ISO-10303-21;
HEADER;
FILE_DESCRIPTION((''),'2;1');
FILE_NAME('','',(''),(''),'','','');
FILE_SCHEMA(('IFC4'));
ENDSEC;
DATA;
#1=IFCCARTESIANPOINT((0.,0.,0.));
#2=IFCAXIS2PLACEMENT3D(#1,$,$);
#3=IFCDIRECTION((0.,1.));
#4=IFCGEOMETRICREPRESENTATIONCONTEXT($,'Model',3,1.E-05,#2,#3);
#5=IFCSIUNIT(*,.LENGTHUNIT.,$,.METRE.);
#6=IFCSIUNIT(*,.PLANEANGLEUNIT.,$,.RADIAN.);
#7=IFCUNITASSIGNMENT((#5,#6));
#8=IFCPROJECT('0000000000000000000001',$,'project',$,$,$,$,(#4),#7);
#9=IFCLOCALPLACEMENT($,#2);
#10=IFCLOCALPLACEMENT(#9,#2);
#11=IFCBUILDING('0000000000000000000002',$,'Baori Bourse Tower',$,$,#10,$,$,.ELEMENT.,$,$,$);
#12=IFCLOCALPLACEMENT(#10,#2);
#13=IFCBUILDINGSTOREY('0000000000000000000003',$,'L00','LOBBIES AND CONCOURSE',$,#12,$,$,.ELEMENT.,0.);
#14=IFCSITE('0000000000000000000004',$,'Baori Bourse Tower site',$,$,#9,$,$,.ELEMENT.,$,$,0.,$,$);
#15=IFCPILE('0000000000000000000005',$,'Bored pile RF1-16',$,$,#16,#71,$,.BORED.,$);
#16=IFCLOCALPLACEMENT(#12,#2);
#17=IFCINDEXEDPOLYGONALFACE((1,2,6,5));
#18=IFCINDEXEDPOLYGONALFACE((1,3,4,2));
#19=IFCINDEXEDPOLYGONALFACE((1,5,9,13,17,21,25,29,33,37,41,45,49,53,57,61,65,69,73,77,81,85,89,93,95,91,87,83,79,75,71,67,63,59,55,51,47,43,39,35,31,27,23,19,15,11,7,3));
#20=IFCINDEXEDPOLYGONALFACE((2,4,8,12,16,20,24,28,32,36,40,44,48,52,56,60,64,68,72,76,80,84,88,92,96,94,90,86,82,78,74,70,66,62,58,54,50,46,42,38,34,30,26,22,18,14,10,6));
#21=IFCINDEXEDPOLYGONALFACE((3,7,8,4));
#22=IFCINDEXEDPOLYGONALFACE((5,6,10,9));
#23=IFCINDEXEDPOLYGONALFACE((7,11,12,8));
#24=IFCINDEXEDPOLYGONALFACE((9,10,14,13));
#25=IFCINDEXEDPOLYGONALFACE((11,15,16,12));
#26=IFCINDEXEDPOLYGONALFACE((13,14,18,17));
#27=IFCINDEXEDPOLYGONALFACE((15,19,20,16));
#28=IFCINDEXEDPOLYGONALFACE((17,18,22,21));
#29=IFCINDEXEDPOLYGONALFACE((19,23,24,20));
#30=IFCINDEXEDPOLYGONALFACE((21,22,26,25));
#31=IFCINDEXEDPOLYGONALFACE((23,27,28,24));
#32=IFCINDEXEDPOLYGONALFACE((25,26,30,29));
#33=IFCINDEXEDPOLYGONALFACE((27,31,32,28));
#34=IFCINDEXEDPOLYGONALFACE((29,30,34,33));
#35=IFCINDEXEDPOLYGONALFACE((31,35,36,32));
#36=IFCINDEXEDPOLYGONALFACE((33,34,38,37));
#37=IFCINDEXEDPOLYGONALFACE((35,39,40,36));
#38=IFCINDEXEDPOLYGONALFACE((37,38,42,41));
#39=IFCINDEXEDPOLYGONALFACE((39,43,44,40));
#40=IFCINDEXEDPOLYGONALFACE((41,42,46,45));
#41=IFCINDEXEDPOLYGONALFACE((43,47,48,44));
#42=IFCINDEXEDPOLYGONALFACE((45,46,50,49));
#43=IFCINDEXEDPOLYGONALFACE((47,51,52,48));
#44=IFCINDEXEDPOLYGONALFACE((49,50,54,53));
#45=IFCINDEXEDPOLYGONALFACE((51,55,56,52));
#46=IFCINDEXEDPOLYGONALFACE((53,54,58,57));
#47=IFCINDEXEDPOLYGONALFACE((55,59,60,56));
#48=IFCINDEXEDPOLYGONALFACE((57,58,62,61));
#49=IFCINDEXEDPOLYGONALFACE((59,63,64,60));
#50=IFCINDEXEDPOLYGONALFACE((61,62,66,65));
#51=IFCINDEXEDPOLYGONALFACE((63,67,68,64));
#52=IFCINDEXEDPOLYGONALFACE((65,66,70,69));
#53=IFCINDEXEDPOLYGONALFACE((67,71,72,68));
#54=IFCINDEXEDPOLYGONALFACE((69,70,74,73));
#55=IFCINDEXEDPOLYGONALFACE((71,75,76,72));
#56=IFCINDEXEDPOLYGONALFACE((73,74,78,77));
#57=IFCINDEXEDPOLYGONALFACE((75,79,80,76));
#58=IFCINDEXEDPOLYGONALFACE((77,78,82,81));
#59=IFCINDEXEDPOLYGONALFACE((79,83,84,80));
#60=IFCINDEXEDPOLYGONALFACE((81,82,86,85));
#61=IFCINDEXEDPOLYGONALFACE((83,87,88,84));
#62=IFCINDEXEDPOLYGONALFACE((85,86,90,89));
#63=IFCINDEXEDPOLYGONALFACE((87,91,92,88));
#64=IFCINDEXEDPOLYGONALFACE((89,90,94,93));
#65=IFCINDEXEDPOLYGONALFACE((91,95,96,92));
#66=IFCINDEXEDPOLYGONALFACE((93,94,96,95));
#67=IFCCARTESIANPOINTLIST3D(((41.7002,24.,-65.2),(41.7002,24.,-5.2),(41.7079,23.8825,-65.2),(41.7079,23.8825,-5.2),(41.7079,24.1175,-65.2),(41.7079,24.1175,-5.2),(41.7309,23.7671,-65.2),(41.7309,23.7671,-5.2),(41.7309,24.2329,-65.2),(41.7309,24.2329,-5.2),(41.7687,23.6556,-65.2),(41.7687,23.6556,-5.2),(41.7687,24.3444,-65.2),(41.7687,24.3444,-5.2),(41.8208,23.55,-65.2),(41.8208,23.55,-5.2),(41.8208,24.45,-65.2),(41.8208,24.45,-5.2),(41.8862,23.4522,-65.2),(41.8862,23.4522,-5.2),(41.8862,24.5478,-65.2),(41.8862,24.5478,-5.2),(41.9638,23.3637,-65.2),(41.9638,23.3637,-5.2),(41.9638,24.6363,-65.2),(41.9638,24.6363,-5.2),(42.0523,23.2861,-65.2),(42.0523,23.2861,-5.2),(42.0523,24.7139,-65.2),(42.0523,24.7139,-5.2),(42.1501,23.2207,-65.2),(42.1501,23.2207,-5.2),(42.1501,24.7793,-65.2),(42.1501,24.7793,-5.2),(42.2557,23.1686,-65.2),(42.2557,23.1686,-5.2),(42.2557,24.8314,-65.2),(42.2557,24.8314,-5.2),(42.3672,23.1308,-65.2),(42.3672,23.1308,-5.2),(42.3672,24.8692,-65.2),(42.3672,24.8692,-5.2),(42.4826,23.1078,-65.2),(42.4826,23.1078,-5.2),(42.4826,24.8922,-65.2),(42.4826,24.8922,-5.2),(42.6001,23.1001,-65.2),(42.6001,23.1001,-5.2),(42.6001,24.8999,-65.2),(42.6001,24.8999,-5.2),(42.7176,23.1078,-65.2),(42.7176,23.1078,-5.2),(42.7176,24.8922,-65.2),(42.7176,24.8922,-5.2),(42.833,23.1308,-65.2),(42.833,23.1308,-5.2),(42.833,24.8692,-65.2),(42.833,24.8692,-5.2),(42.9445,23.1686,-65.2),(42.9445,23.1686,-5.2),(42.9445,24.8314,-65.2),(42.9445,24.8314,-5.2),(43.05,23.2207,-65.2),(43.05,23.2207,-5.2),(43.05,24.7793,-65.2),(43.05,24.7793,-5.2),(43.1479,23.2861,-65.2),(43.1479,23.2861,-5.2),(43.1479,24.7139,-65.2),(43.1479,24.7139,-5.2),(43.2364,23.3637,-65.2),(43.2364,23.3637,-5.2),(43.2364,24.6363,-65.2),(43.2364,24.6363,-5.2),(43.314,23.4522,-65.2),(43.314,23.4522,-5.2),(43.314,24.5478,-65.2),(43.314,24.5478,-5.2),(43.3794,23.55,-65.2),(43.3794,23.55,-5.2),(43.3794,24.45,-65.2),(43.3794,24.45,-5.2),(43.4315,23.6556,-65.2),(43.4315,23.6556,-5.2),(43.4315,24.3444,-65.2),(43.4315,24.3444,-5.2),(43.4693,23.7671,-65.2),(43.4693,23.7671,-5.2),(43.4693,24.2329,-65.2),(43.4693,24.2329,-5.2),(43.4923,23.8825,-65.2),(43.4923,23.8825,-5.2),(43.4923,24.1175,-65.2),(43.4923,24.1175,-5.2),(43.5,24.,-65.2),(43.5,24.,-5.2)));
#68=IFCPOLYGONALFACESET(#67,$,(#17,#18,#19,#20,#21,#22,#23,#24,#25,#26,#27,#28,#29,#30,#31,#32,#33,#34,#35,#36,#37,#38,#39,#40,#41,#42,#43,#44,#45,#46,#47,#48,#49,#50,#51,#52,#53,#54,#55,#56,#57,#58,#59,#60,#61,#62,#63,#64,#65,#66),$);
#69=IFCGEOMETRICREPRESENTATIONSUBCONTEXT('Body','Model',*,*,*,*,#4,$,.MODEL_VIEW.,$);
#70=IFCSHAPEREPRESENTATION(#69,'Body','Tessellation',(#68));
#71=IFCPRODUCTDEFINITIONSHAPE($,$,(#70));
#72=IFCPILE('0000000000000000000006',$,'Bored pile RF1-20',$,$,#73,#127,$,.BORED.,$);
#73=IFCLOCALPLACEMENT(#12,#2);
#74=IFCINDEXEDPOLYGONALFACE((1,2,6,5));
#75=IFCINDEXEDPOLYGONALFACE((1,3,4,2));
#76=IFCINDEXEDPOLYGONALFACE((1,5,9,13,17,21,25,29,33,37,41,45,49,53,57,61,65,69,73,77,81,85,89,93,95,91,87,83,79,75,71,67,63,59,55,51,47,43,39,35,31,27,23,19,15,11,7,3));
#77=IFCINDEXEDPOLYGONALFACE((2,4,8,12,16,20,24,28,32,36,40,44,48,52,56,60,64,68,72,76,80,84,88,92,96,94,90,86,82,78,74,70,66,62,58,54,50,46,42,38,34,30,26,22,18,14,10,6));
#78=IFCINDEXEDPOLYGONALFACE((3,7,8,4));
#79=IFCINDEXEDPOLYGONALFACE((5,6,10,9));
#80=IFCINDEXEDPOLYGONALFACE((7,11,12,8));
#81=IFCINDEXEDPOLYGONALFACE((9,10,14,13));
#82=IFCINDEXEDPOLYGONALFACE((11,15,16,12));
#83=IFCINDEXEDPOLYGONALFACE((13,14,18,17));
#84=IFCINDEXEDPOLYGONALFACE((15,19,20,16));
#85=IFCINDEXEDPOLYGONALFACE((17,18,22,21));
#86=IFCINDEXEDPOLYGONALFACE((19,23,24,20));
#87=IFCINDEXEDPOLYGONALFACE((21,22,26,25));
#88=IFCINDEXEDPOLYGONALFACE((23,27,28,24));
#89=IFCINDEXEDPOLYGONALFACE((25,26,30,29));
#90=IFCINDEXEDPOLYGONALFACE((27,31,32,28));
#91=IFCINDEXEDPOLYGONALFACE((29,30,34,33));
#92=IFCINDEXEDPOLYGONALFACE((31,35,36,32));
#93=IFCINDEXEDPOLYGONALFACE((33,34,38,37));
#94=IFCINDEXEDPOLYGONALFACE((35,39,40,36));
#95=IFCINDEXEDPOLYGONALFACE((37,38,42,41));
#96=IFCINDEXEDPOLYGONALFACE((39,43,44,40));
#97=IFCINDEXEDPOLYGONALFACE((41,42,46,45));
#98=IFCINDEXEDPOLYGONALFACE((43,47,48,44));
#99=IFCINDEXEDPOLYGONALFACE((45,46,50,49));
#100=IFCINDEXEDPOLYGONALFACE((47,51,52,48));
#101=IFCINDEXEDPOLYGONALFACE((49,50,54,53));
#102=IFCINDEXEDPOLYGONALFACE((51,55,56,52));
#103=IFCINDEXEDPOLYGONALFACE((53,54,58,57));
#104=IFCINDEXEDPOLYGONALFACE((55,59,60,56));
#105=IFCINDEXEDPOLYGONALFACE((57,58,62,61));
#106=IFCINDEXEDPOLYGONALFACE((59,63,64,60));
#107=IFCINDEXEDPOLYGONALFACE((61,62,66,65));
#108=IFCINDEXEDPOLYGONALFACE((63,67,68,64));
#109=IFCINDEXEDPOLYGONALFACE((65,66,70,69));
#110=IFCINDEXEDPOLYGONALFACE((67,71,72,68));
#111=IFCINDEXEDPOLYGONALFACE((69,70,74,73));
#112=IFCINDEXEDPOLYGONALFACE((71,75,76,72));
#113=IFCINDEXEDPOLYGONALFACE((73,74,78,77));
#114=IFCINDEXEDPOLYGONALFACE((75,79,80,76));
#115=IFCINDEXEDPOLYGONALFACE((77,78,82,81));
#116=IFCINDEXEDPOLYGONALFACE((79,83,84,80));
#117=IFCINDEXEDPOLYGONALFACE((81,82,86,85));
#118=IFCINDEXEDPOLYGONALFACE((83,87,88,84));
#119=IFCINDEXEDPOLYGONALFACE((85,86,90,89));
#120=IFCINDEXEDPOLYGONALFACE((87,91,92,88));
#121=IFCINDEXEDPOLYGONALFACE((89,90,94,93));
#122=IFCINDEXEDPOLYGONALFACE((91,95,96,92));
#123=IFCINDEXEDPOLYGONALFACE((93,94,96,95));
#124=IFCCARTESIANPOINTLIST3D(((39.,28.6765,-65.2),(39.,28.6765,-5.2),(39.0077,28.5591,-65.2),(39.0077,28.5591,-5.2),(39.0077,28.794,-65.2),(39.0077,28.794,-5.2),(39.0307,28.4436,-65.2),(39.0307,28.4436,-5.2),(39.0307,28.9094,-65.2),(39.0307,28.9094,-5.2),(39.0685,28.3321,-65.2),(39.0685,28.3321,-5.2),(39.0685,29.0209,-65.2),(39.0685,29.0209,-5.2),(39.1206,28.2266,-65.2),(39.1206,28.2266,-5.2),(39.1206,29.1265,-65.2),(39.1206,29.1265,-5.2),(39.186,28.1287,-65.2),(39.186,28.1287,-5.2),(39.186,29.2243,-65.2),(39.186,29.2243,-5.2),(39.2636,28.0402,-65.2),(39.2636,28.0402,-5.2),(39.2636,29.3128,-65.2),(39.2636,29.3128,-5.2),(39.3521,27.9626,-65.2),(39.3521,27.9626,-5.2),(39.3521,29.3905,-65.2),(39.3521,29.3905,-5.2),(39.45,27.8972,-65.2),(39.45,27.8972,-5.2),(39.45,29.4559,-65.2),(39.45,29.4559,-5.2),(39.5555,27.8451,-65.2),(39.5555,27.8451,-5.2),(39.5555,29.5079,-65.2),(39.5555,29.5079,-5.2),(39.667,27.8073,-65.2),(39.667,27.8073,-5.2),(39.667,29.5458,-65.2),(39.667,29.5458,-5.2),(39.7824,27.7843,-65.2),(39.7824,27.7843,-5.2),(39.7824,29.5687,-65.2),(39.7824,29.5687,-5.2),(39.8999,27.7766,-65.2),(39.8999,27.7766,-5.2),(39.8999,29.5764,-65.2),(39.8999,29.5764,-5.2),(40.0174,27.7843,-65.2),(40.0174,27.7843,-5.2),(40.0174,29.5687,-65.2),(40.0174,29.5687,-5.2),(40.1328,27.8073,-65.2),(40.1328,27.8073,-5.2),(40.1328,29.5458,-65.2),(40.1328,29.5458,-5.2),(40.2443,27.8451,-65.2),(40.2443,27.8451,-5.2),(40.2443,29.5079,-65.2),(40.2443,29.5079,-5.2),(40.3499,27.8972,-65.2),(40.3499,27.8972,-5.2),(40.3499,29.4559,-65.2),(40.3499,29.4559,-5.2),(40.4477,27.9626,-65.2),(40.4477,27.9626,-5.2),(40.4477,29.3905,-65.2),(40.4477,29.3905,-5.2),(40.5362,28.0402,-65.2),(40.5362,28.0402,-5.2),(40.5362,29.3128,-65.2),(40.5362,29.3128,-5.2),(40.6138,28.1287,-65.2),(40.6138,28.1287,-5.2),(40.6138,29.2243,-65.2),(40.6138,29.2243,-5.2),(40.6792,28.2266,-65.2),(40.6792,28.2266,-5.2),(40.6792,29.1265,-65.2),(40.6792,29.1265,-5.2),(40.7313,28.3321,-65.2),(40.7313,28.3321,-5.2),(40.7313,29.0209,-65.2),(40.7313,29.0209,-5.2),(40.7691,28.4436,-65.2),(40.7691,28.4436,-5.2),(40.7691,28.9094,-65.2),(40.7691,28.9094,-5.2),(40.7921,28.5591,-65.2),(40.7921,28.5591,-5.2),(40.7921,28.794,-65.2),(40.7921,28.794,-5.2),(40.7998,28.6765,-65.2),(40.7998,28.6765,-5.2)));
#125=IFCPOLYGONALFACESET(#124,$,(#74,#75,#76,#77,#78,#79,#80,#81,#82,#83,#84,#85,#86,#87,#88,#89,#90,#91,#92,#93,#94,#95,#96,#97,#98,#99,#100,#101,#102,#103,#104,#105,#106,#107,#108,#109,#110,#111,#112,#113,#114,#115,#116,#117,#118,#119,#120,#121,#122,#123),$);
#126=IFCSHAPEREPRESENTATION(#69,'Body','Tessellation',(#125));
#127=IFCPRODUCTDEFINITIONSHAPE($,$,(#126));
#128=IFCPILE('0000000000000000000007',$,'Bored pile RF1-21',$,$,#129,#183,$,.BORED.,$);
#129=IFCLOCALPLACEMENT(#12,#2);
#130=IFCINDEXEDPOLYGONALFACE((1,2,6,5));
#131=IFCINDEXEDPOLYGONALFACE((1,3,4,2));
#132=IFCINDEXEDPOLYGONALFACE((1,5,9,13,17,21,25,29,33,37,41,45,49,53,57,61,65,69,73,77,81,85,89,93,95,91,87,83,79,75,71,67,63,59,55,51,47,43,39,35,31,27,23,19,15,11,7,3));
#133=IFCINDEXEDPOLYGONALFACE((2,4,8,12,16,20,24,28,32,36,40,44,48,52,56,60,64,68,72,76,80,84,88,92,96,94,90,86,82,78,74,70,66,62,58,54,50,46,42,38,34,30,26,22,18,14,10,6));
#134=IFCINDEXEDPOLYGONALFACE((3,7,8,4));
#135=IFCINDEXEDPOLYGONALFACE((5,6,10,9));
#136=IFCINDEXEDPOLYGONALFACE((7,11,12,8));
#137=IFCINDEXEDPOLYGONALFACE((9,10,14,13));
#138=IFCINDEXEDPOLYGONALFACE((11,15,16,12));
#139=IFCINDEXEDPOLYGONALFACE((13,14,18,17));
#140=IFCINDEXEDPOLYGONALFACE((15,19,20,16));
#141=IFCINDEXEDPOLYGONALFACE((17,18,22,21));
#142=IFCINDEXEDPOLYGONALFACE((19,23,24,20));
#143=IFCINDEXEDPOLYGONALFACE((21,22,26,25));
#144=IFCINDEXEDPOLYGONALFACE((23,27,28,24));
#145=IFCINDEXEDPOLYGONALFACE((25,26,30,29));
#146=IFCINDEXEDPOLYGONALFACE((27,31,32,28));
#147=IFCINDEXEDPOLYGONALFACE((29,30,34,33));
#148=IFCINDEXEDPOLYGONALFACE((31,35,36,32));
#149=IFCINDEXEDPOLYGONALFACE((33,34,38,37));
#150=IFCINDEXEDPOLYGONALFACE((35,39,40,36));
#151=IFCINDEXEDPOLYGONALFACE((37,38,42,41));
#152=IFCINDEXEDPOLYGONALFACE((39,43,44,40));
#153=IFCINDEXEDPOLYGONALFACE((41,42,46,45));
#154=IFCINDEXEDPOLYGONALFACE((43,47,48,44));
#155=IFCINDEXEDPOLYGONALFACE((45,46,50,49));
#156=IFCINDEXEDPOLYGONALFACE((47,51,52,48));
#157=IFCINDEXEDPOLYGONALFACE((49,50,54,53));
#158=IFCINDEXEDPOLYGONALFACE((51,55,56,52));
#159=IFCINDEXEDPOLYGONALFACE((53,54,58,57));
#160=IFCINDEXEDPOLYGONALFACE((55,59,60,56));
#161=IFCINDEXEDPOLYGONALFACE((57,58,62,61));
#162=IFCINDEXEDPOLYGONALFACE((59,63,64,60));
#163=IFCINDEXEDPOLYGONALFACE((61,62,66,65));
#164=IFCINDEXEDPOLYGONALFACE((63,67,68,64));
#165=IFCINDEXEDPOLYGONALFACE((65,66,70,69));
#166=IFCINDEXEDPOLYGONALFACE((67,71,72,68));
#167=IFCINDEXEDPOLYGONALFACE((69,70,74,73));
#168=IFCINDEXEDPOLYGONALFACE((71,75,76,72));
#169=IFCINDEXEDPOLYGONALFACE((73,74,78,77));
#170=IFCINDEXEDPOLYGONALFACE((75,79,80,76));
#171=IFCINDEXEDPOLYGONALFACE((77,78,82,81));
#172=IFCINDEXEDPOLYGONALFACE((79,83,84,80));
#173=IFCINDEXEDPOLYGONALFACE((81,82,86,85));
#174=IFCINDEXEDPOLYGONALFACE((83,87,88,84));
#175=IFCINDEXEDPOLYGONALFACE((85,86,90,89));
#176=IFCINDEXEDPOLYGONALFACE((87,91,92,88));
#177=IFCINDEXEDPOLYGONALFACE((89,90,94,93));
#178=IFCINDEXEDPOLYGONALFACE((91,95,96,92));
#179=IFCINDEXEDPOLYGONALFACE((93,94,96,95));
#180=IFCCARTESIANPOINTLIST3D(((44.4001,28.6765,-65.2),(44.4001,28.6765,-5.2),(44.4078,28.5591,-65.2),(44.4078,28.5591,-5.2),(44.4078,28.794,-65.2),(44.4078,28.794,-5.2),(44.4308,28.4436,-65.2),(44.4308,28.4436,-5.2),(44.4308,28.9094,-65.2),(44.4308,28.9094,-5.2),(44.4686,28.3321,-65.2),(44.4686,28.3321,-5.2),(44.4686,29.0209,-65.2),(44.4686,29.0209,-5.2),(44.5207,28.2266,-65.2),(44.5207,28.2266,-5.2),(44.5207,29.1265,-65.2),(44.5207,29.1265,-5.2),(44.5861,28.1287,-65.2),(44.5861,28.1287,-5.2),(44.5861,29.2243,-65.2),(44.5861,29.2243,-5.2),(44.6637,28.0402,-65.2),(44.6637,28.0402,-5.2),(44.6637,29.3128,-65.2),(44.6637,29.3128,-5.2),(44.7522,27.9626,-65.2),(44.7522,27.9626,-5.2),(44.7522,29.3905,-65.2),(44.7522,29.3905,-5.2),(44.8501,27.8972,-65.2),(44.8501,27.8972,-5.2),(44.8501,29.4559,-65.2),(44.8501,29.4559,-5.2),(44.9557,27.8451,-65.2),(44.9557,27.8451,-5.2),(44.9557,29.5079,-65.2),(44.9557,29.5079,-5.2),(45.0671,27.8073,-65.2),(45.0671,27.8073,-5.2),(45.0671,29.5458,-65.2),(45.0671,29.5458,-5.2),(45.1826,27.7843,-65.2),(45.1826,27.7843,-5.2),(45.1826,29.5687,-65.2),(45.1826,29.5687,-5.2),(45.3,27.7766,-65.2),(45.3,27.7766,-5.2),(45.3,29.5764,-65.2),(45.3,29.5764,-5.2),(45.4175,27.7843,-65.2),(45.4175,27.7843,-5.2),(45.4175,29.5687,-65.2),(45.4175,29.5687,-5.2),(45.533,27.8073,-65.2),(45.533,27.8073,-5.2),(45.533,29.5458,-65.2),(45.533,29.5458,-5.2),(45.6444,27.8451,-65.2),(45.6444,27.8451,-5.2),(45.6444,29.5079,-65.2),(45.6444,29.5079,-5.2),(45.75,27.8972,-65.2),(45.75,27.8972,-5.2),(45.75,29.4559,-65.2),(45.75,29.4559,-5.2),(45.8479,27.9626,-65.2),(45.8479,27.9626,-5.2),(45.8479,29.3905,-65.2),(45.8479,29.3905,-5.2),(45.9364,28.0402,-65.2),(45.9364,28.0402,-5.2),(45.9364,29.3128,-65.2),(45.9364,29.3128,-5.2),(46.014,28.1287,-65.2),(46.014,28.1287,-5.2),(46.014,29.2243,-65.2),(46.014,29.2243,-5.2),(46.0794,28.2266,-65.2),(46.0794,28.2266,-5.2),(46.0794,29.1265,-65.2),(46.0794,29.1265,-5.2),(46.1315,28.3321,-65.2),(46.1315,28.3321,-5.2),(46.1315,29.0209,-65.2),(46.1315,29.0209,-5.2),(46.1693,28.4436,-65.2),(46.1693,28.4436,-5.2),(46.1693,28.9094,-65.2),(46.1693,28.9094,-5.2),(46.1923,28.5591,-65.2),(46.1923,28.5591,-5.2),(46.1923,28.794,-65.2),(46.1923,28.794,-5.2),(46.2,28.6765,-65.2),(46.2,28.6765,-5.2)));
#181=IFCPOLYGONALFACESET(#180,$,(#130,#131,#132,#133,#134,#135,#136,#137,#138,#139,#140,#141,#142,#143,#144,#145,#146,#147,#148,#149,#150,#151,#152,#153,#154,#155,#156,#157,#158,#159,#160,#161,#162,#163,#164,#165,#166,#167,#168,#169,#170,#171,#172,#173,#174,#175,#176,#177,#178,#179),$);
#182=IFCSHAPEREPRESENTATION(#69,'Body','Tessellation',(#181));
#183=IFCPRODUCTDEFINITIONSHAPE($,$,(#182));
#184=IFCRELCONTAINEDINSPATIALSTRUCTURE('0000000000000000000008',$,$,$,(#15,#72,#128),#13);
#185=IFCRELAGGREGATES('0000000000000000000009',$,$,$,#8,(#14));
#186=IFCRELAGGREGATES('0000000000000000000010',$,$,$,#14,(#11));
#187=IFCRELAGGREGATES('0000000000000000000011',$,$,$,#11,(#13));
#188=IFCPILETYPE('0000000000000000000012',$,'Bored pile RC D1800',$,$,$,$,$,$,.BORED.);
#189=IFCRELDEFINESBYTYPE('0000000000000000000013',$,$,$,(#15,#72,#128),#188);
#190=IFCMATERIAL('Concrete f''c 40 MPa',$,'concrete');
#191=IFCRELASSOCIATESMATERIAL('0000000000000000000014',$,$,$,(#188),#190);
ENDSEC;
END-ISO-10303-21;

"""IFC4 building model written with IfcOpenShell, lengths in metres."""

from ifc_helpers import new_model, si_unit, direction, frame, origin, origin_2d, place, context, subcontext, project, spatial, circle, extrude, material, material_profile, profile_set, type_object, element, save


model = new_model("IFC4")

# Units and contexts
model_context = context("Model", 3, precision=1e-05, world=origin(), true_north=direction((0.0, 1.0)))
body_context = subcontext(model_context, "Body", "Model", "MODEL_VIEW")
ifc_project = project(units=[si_unit("LENGTHUNIT", "METRE"), si_unit("PLANEANGLEUNIT", "RADIAN")], contexts=[model_context])

# Site, building, storey
site_placement = place(None, origin())
site = spatial("IfcSite", under=ifc_project, at=site_placement, Name="Baori Bourse Tower site", CompositionType="ELEMENT", RefElevation=0.0)
building_placement = place(site_placement, origin())
building = spatial("IfcBuilding", under=site, at=building_placement, Name="Baori Bourse Tower", CompositionType="ELEMENT")
storey_placement = place(building_placement, origin())
storey = spatial("IfcBuildingStorey", under=building, at=storey_placement, Name="L00", Description="LOBBIES AND CONCOURSE", CompositionType="ELEMENT", Elevation=0.0)

# Piles
ifc_material_1 = material(Name="Concrete f'c 40 MPa", Category="concrete")
ifc_material_profile = material_profile(ifc_material_1, circle(Radius=0.8999, at=origin_2d()), Name="RC D1800")
ifc_profile_set = profile_set([ifc_material_profile], Name="Concrete f'c 40 MPa")
pile_type = type_object("IfcPileType", Name="Bored pile RC D1800", PredefinedType="BORED", material=ifc_profile_set)
for number, where, z_axis, x_axis, name in (
    (1, (42.6001, 24.0, -5.2), (0.0, 0.0, -1.0), (1.0, 0.0, 0.0), "Bored pile RF1-16"),
    (2, (39.8999, 28.6765, -5.2), (0.0, 0.0, -1.0), (1.0, 0.0, 0.0), "Bored pile RF1-20"),
    (3, (45.3, 28.6765, -5.2), (0.0, 0.0, -1.0), (1.0, 0.0, 0.0), "Bored pile RF1-21"),
):
    element("IfcPile", number, at=place(storey_placement, frame(where, z_axis=z_axis, x_axis=x_axis)), inside=storey, type_object=pile_type, Name=name, PredefinedType="BORED", context=body_context, shape_type="SweptSolid", body=[
        extrude(circle(Radius=0.8999, at=origin_2d()), origin(), (0.0, 0.0, 1.0), 60.0),
    ])

save(model, "model.ifc")
